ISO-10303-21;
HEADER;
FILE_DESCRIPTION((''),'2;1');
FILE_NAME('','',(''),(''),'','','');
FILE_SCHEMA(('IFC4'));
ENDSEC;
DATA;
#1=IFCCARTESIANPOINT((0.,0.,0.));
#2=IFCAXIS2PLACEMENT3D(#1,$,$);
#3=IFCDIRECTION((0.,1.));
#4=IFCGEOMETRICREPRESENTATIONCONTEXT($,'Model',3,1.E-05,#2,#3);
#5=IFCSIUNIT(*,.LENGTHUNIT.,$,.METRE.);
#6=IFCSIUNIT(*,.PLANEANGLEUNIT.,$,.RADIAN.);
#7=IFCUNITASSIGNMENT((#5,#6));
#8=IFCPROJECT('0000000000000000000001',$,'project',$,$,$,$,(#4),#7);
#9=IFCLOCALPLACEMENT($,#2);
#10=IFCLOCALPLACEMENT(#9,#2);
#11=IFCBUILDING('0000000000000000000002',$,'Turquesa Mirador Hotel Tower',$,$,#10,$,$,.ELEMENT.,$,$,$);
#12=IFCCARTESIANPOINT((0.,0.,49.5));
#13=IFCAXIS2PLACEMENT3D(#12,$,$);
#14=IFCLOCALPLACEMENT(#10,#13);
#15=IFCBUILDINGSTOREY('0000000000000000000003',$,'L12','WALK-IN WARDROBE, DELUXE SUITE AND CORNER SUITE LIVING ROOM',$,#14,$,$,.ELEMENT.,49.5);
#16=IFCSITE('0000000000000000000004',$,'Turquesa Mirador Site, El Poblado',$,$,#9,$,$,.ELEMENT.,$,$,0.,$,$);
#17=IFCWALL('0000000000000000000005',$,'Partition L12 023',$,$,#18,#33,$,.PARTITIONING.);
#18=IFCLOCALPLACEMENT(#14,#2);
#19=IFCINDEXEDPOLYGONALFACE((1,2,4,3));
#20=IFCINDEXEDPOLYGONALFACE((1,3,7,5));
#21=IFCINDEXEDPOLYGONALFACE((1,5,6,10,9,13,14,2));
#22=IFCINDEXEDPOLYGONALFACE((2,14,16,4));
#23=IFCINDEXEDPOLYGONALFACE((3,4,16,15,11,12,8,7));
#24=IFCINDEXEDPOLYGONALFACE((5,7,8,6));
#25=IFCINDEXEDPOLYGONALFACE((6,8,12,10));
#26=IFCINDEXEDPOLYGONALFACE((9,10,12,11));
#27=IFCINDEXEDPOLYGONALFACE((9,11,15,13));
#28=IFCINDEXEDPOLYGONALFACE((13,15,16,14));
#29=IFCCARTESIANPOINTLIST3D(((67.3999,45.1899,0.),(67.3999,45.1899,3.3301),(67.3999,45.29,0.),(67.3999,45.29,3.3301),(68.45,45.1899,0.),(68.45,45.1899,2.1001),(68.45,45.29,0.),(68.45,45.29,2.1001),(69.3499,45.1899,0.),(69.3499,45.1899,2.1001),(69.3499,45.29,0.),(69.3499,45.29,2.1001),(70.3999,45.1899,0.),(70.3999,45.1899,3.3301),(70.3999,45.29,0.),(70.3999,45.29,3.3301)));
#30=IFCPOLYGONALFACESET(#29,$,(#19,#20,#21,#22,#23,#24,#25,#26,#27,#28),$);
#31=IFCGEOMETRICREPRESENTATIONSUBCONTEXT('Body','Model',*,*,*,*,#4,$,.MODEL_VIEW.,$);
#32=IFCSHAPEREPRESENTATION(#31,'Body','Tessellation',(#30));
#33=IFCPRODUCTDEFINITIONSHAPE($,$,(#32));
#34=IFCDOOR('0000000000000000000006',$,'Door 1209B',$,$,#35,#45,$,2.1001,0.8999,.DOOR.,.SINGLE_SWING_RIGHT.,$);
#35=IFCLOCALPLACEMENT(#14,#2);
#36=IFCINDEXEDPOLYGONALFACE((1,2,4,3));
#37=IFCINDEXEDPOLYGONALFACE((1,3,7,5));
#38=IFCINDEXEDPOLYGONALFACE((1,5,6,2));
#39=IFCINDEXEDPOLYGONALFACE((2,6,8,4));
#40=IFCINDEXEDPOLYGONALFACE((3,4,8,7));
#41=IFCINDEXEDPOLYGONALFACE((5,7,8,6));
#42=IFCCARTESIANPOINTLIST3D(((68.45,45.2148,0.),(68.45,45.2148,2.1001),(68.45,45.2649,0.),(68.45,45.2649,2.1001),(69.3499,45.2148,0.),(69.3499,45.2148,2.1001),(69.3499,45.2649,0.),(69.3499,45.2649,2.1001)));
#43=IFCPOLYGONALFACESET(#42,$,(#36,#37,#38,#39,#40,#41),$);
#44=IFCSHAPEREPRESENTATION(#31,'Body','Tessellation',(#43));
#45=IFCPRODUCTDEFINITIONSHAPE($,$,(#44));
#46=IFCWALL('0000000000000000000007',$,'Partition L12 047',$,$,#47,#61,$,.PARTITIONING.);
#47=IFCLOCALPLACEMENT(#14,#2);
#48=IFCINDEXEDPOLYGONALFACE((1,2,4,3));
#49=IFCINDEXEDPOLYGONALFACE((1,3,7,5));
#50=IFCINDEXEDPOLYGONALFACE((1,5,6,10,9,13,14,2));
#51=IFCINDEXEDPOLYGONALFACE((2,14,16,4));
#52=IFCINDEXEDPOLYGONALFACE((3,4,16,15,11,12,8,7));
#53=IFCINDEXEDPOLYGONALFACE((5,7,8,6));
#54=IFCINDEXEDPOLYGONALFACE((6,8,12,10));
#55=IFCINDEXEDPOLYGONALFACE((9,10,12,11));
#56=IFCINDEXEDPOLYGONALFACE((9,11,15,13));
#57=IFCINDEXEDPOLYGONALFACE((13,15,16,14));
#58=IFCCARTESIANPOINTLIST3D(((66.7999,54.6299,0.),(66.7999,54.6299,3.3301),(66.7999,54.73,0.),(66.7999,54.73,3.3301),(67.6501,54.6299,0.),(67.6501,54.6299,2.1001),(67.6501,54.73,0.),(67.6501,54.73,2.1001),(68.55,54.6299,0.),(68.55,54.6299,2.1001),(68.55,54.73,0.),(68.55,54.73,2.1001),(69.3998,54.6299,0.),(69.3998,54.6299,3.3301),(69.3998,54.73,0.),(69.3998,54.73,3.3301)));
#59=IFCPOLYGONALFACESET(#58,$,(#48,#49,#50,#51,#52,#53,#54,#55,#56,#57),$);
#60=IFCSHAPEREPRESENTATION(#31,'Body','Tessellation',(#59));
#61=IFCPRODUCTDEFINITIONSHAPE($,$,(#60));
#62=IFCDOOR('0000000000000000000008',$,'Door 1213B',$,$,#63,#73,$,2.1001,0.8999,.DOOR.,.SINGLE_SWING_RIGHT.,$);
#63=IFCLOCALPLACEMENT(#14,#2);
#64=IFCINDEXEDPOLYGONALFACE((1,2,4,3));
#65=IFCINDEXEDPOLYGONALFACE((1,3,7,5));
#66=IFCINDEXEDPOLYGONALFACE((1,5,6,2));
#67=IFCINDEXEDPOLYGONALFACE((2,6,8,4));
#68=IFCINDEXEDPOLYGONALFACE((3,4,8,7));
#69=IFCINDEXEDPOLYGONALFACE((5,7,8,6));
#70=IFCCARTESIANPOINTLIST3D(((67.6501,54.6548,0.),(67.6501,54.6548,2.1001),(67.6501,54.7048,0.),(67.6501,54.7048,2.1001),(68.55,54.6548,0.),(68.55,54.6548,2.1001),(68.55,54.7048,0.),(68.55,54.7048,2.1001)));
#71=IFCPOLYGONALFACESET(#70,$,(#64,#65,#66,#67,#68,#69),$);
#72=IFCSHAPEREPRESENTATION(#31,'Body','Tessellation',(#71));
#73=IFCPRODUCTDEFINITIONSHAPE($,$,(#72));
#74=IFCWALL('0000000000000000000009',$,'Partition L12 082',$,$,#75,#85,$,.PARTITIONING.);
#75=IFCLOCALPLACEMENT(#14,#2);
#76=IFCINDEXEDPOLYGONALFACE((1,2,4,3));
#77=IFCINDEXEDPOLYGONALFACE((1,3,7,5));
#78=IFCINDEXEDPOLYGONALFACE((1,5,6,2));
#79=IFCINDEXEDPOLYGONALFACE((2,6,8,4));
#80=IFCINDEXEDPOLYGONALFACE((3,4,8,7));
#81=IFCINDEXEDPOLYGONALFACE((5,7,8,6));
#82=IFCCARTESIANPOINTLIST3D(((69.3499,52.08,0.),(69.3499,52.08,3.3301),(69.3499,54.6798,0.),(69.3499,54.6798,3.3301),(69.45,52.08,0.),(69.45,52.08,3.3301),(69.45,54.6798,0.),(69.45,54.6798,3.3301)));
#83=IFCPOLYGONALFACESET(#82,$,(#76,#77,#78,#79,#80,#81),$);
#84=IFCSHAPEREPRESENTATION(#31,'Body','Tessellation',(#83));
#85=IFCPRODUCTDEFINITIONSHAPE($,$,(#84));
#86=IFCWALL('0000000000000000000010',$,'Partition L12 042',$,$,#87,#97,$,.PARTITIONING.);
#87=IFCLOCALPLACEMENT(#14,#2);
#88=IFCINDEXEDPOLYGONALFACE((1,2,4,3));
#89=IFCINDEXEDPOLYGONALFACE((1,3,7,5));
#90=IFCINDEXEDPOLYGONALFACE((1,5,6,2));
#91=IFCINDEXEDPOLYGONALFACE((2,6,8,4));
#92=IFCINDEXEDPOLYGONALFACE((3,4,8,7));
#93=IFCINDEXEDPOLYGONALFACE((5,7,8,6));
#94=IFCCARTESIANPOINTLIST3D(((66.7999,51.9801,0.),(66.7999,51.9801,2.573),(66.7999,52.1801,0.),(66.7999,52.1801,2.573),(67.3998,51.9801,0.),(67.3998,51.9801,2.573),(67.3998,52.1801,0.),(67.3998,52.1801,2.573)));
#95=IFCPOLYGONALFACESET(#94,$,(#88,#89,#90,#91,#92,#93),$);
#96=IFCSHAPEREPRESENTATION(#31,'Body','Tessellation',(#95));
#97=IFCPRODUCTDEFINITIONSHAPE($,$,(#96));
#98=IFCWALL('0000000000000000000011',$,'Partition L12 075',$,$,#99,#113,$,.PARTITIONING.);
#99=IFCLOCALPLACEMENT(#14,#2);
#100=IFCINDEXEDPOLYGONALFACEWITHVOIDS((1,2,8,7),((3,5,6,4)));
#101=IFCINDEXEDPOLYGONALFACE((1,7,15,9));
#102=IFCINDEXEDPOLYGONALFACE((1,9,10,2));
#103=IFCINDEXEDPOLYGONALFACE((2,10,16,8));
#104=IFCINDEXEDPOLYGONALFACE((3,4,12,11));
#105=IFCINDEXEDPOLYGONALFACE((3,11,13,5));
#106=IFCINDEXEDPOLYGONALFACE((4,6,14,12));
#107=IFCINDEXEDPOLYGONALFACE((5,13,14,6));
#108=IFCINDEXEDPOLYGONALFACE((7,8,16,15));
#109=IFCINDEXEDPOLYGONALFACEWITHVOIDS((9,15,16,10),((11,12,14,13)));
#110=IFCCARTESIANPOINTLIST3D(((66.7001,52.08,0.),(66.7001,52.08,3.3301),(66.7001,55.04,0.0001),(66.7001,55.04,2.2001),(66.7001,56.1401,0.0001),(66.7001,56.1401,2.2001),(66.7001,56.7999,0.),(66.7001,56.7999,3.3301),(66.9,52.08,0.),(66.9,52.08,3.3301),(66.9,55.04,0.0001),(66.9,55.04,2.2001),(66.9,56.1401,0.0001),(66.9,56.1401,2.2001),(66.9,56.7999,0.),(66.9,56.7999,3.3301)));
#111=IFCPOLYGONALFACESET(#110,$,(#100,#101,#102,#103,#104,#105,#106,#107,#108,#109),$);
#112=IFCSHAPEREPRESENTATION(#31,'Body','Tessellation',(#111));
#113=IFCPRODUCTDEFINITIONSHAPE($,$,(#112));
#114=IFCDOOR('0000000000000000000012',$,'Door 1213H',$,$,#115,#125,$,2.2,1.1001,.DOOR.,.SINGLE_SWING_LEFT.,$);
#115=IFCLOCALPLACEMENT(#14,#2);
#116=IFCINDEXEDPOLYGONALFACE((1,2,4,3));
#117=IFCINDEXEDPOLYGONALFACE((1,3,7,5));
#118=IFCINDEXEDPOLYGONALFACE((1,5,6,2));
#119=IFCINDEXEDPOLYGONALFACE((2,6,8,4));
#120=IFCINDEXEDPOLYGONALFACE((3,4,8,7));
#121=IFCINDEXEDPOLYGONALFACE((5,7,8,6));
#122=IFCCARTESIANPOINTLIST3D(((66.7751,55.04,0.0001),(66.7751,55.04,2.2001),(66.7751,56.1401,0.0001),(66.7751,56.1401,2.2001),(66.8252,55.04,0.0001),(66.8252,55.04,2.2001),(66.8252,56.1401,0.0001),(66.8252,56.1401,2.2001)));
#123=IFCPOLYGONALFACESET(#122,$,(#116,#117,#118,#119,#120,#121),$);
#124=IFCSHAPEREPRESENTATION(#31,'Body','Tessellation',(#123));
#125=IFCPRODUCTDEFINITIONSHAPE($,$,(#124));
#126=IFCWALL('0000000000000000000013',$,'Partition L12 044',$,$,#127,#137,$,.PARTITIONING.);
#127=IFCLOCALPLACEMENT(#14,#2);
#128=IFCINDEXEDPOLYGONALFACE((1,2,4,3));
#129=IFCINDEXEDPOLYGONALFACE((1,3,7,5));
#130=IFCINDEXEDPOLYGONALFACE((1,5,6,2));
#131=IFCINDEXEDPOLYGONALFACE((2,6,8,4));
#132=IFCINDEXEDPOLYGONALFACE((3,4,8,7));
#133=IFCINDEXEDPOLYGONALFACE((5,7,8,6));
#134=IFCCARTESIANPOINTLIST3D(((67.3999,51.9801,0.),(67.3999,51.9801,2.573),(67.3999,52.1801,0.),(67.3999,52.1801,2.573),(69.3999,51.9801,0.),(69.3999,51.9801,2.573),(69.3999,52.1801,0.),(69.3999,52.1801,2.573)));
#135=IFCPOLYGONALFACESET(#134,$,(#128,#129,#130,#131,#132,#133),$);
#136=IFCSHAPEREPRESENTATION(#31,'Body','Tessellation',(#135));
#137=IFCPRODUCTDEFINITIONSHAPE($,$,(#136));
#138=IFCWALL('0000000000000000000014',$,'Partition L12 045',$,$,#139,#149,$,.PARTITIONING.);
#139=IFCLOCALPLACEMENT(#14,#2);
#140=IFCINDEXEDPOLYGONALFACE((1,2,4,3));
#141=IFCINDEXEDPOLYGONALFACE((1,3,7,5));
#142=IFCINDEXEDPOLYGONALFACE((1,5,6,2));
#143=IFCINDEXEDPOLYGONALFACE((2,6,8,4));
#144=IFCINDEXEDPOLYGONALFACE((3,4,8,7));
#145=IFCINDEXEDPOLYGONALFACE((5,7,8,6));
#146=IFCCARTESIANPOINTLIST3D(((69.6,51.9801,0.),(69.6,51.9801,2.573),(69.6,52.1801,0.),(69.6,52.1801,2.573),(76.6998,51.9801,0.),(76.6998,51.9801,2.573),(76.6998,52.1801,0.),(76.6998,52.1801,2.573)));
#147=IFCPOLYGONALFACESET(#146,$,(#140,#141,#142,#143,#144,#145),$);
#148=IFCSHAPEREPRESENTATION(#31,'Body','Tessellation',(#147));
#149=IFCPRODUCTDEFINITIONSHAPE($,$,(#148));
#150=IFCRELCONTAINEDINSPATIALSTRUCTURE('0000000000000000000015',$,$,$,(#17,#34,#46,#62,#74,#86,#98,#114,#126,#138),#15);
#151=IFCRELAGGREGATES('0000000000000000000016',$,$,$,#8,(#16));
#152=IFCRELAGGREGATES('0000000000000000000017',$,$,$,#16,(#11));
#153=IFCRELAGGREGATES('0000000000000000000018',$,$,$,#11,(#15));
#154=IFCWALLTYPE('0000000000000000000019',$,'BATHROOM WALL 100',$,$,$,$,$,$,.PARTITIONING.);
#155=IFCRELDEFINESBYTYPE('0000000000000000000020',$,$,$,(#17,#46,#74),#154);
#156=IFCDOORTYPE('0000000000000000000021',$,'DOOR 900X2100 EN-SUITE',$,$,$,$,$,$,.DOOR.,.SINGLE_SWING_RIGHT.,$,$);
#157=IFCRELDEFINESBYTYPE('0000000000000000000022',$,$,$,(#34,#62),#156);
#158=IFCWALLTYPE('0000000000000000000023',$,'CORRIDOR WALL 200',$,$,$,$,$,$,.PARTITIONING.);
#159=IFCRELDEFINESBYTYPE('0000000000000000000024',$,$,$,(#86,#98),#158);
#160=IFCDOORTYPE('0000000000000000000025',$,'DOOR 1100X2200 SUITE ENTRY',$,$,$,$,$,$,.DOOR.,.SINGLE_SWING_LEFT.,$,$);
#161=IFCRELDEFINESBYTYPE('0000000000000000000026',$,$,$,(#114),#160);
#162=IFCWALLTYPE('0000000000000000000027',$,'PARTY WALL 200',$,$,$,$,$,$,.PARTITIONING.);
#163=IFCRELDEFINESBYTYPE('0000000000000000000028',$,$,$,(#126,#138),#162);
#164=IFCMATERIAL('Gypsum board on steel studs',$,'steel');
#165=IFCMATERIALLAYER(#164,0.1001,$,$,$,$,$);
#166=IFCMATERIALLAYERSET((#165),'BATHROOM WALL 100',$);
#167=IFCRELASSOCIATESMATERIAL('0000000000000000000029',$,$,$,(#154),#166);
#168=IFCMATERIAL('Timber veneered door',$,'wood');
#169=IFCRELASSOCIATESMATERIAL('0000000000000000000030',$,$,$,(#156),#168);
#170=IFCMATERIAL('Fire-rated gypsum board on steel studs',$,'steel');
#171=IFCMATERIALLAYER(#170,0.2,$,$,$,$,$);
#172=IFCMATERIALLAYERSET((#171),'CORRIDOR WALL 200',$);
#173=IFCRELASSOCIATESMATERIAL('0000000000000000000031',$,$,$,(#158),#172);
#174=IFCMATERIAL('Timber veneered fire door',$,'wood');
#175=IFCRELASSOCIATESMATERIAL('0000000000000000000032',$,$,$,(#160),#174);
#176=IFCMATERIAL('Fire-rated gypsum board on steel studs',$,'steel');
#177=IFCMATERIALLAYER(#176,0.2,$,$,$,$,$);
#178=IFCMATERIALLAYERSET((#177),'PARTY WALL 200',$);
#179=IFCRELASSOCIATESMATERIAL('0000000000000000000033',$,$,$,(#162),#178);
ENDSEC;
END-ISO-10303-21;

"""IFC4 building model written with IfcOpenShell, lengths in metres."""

from ifc_helpers import new_model, si_unit, direction, frame, frame_2d, origin, place, context, subcontext, project, spatial, rectangle, extrude, material, layer, layer_set, type_object, element, fill, save


model = new_model("IFC4")

# Units and contexts
model_context = context("Model", 3, precision=1e-05, world=origin(), true_north=direction((0.0, 1.0)))
body_context = subcontext(model_context, "Body", "Model", "MODEL_VIEW")
ifc_project = project(units=[si_unit("LENGTHUNIT", "METRE"), si_unit("PLANEANGLEUNIT", "RADIAN")], contexts=[model_context])

# Site, building, storey
site_placement = place(None, origin())
site = spatial("IfcSite", under=ifc_project, at=site_placement, Name="Turquesa Mirador Site, El Poblado", CompositionType="ELEMENT", RefElevation=0.0)
building_placement = place(site_placement, origin())
building = spatial("IfcBuilding", under=site, at=building_placement, Name="Turquesa Mirador Hotel Tower", CompositionType="ELEMENT")
storey_placement = place(building_placement, frame((0.0, 0.0, 49.5)))
storey = spatial("IfcBuildingStorey", under=building, at=storey_placement, Name="L12", Description="WALK-IN WARDROBE, DELUXE SUITE AND CORNER SUITE LIVING ROOM", CompositionType="ELEMENT", Elevation=49.5)

# Walls, openings, doors
ifc_material_1 = material(Name="Gypsum board on steel studs", Category="steel")
ifc_layer_1 = layer(ifc_material_1, 0.1001)
ifc_layer_set_1 = layer_set([ifc_layer_1], Name="BATHROOM WALL 100")
wall_type_1 = type_object("IfcWallType", Name="BATHROOM WALL 100", PredefinedType="PARTITIONING", material=ifc_layer_set_1)
wall_1_placement = place(storey_placement, frame((67.3999, 45.24, 0.0), z_axis=(0.0, 0.0, 1.0), x_axis=(1.0, 0.0, 0.0)))
wall_1 = element("IfcWall", 1, at=wall_1_placement, inside=storey, type_object=wall_type_1, Name="Partition L12 023", PredefinedType="PARTITIONING", context=body_context, shape_type="SweptSolid", body=[
    extrude(rectangle(XDim=3.0, YDim=0.1001, at=frame_2d((1.5, 0.0))), origin(), (0.0, 0.0, 1.0), 3.3301),
])
opening_1_placement = place(wall_1_placement, frame((1.05, 0.0, 0.0)))
opening_1 = element("IfcOpeningElement", 2, at=opening_1_placement, cuts=wall_1, PredefinedType="OPENING", context=body_context, shape_type="SweptSolid", body=[
    extrude(rectangle(XDim=0.8999, YDim=2.1001, at=frame_2d((0.45, 1.05))), frame((0.0, 0.0601, 0.0), z_axis=(0.0, -1.0, 0.0), x_axis=(1.0, 0.0, 0.0)), (0.0, 0.0, 1.0), 0.1201),
])
ifc_material_2 = material(Name="Timber veneered door", Category="wood")
door_type_1 = type_object("IfcDoorType", Name="DOOR 900X2100 EN-SUITE", OperationType="SINGLE_SWING_RIGHT", PredefinedType="DOOR", material=ifc_material_2)
door_1_placement = place(opening_1_placement, origin())
door_1 = element("IfcDoor", 3, at=door_1_placement, inside=storey, type_object=door_type_1, Name="Door 1209B", OperationType="SINGLE_SWING_RIGHT", OverallHeight=2.1001, OverallWidth=0.8999, PredefinedType="DOOR", context=body_context, shape_type="SweptSolid", body=[
    extrude(rectangle(XDim=0.8999, YDim=2.1001, at=frame_2d((0.45, 1.05))), frame((0.0, 0.0249, 0.0), z_axis=(0.0, -1.0, 0.0), x_axis=(1.0, 0.0, 0.0)), (0.0, 0.0, 1.0), 0.05),
])
fill(opening_1, door_1)
wall_2_placement = place(storey_placement, frame((66.8, 54.6799, 0.0), z_axis=(0.0, 0.0, 1.0), x_axis=(1.0, 0.0, 0.0)))
wall_2 = element("IfcWall", 4, at=wall_2_placement, inside=storey, type_object=wall_type_1, Name="Partition L12 047", PredefinedType="PARTITIONING", context=body_context, shape_type="SweptSolid", body=[
    extrude(rectangle(XDim=2.5999, YDim=0.1001, at=frame_2d((1.2998, 0.0))), origin(), (0.0, 0.0, 1.0), 3.3301),
])
opening_2_placement = place(wall_2_placement, frame((0.8501, 0.0, 0.0)))
opening_2 = element("IfcOpeningElement", 5, at=opening_2_placement, cuts=wall_2, PredefinedType="OPENING", context=body_context, shape_type="SweptSolid", body=[
    extrude(rectangle(XDim=0.8999, YDim=2.1001, at=frame_2d((0.45, 1.05))), frame((0.0, 0.0601, 0.0), z_axis=(0.0, -1.0, 0.0), x_axis=(1.0, 0.0, 0.0)), (0.0, 0.0, 1.0), 0.1201),
])
door_2_placement = place(opening_2_placement, origin())
door_2 = element("IfcDoor", 6, at=door_2_placement, inside=storey, type_object=door_type_1, Name="Door 1213B", OperationType="SINGLE_SWING_RIGHT", OverallHeight=2.1001, OverallWidth=0.8999, PredefinedType="DOOR", context=body_context, shape_type="SweptSolid", body=[
    extrude(rectangle(XDim=0.8999, YDim=2.1001, at=frame_2d((0.45, 1.05))), frame((0.0, 0.0249, 0.0), z_axis=(0.0, -1.0, 0.0), x_axis=(1.0, 0.0, 0.0)), (0.0, 0.0, 1.0), 0.05),
])
fill(opening_2, door_2)

# Walls
wall_3_placement = place(storey_placement, frame((69.3999, 52.0801, 0.0), z_axis=(0.0, 0.0, 1.0), x_axis=(0.0, 1.0, 0.0)))
element("IfcWall", 7, at=wall_3_placement, inside=storey, type_object=wall_type_1, Name="Partition L12 082", PredefinedType="PARTITIONING", context=body_context, shape_type="SweptSolid", body=[
    extrude(rectangle(XDim=2.5999, YDim=0.1001, at=frame_2d((1.2998, 0.0))), origin(), (0.0, 0.0, 1.0), 3.3301),
])
ifc_material_3 = material(Name="Fire-rated gypsum board on steel studs", Category="steel")
ifc_layer_2 = layer(ifc_material_3, 0.2)
ifc_layer_set_2 = layer_set([ifc_layer_2], Name="CORRIDOR WALL 200")
wall_type_2 = type_object("IfcWallType", Name="CORRIDOR WALL 200", PredefinedType="PARTITIONING", material=ifc_layer_set_2)
wall_4_placement = place(storey_placement, frame((66.8, 52.0801, 0.0), z_axis=(0.0, 0.0, 1.0), x_axis=(1.0, 0.0, 0.0)))
element("IfcWall", 8, at=wall_4_placement, inside=storey, type_object=wall_type_2, Name="Partition L12 042", PredefinedType="PARTITIONING", context=body_context, shape_type="SweptSolid", body=[
    extrude(rectangle(XDim=0.5999, YDim=0.2, at=frame_2d((0.2998, 0.0))), origin(), (0.0, 0.0, 1.0), 2.573),
])

# Wall, opening, door
wall_5_placement = place(storey_placement, frame((66.8, 52.0801, 0.0), z_axis=(0.0, 0.0, 1.0), x_axis=(0.0, 1.0, 0.0)))
wall_5 = element("IfcWall", 9, at=wall_5_placement, inside=storey, type_object=wall_type_2, Name="Partition L12 075", PredefinedType="PARTITIONING", context=body_context, shape_type="SweptSolid", body=[
    extrude(rectangle(XDim=4.72, YDim=0.2, at=frame_2d((2.3599, 0.0))), origin(), (0.0, 0.0, 1.0), 3.3301),
])
opening_3_placement = place(wall_5_placement, frame((2.96, 0.0, 0.0)))
opening_3 = element("IfcOpeningElement", 10, at=opening_3_placement, cuts=wall_5, PredefinedType="OPENING", context=body_context, shape_type="SweptSolid", body=[
    extrude(rectangle(XDim=1.1001, YDim=2.2, at=frame_2d((0.55, 1.1001))), frame((0.0, 0.1099, 0.0), z_axis=(0.0, -1.0, 0.0), x_axis=(1.0, 0.0, 0.0)), (0.0, 0.0, 1.0), 0.22),
])
ifc_material_4 = material(Name="Timber veneered fire door", Category="wood")
door_type_2 = type_object("IfcDoorType", Name="DOOR 1100X2200 SUITE ENTRY", OperationType="SINGLE_SWING_LEFT", PredefinedType="DOOR", material=ifc_material_4)
door_3_placement = place(opening_3_placement, origin())
door_3 = element("IfcDoor", 11, at=door_3_placement, inside=storey, type_object=door_type_2, Name="Door 1213H", OperationType="SINGLE_SWING_LEFT", OverallHeight=2.2, OverallWidth=1.1001, PredefinedType="DOOR", context=body_context, shape_type="SweptSolid", body=[
    extrude(rectangle(XDim=1.1001, YDim=2.2, at=frame_2d((0.55, 1.1001))), frame((0.0, 0.0249, 0.0), z_axis=(0.0, -1.0, 0.0), x_axis=(1.0, 0.0, 0.0)), (0.0, 0.0, 1.0), 0.05),
])
fill(opening_3, door_3)

# Walls
ifc_material_5 = material(Name="Fire-rated gypsum board on steel studs", Category="steel")
ifc_layer_3 = layer(ifc_material_5, 0.2)
ifc_layer_set_3 = layer_set([ifc_layer_3], Name="PARTY WALL 200")
wall_type_3 = type_object("IfcWallType", Name="PARTY WALL 200", PredefinedType="PARTITIONING", material=ifc_layer_set_3)
wall_6_placement = place(storey_placement, frame((67.3999, 52.0801, 0.0), z_axis=(0.0, 0.0, 1.0), x_axis=(1.0, 0.0, 0.0)))
element("IfcWall", 12, at=wall_6_placement, inside=storey, type_object=wall_type_3, Name="Partition L12 044", PredefinedType="PARTITIONING", context=body_context, shape_type="SweptSolid", body=[
    extrude(rectangle(XDim=2.0, YDim=0.2, at=frame_2d((1.0, 0.0))), origin(), (0.0, 0.0, 1.0), 2.573),
])
wall_7_placement = place(storey_placement, frame((69.6001, 52.0801, 0.0), z_axis=(0.0, 0.0, 1.0), x_axis=(1.0, 0.0, 0.0)))
element("IfcWall", 13, at=wall_7_placement, inside=storey, type_object=wall_type_3, Name="Partition L12 045", PredefinedType="PARTITIONING", context=body_context, shape_type="SweptSolid", body=[
    extrude(rectangle(XDim=7.0999, YDim=0.2, at=frame_2d((3.5498, 0.0))), origin(), (0.0, 0.0, 1.0), 2.573),
])

save(model, "model.ifc")
